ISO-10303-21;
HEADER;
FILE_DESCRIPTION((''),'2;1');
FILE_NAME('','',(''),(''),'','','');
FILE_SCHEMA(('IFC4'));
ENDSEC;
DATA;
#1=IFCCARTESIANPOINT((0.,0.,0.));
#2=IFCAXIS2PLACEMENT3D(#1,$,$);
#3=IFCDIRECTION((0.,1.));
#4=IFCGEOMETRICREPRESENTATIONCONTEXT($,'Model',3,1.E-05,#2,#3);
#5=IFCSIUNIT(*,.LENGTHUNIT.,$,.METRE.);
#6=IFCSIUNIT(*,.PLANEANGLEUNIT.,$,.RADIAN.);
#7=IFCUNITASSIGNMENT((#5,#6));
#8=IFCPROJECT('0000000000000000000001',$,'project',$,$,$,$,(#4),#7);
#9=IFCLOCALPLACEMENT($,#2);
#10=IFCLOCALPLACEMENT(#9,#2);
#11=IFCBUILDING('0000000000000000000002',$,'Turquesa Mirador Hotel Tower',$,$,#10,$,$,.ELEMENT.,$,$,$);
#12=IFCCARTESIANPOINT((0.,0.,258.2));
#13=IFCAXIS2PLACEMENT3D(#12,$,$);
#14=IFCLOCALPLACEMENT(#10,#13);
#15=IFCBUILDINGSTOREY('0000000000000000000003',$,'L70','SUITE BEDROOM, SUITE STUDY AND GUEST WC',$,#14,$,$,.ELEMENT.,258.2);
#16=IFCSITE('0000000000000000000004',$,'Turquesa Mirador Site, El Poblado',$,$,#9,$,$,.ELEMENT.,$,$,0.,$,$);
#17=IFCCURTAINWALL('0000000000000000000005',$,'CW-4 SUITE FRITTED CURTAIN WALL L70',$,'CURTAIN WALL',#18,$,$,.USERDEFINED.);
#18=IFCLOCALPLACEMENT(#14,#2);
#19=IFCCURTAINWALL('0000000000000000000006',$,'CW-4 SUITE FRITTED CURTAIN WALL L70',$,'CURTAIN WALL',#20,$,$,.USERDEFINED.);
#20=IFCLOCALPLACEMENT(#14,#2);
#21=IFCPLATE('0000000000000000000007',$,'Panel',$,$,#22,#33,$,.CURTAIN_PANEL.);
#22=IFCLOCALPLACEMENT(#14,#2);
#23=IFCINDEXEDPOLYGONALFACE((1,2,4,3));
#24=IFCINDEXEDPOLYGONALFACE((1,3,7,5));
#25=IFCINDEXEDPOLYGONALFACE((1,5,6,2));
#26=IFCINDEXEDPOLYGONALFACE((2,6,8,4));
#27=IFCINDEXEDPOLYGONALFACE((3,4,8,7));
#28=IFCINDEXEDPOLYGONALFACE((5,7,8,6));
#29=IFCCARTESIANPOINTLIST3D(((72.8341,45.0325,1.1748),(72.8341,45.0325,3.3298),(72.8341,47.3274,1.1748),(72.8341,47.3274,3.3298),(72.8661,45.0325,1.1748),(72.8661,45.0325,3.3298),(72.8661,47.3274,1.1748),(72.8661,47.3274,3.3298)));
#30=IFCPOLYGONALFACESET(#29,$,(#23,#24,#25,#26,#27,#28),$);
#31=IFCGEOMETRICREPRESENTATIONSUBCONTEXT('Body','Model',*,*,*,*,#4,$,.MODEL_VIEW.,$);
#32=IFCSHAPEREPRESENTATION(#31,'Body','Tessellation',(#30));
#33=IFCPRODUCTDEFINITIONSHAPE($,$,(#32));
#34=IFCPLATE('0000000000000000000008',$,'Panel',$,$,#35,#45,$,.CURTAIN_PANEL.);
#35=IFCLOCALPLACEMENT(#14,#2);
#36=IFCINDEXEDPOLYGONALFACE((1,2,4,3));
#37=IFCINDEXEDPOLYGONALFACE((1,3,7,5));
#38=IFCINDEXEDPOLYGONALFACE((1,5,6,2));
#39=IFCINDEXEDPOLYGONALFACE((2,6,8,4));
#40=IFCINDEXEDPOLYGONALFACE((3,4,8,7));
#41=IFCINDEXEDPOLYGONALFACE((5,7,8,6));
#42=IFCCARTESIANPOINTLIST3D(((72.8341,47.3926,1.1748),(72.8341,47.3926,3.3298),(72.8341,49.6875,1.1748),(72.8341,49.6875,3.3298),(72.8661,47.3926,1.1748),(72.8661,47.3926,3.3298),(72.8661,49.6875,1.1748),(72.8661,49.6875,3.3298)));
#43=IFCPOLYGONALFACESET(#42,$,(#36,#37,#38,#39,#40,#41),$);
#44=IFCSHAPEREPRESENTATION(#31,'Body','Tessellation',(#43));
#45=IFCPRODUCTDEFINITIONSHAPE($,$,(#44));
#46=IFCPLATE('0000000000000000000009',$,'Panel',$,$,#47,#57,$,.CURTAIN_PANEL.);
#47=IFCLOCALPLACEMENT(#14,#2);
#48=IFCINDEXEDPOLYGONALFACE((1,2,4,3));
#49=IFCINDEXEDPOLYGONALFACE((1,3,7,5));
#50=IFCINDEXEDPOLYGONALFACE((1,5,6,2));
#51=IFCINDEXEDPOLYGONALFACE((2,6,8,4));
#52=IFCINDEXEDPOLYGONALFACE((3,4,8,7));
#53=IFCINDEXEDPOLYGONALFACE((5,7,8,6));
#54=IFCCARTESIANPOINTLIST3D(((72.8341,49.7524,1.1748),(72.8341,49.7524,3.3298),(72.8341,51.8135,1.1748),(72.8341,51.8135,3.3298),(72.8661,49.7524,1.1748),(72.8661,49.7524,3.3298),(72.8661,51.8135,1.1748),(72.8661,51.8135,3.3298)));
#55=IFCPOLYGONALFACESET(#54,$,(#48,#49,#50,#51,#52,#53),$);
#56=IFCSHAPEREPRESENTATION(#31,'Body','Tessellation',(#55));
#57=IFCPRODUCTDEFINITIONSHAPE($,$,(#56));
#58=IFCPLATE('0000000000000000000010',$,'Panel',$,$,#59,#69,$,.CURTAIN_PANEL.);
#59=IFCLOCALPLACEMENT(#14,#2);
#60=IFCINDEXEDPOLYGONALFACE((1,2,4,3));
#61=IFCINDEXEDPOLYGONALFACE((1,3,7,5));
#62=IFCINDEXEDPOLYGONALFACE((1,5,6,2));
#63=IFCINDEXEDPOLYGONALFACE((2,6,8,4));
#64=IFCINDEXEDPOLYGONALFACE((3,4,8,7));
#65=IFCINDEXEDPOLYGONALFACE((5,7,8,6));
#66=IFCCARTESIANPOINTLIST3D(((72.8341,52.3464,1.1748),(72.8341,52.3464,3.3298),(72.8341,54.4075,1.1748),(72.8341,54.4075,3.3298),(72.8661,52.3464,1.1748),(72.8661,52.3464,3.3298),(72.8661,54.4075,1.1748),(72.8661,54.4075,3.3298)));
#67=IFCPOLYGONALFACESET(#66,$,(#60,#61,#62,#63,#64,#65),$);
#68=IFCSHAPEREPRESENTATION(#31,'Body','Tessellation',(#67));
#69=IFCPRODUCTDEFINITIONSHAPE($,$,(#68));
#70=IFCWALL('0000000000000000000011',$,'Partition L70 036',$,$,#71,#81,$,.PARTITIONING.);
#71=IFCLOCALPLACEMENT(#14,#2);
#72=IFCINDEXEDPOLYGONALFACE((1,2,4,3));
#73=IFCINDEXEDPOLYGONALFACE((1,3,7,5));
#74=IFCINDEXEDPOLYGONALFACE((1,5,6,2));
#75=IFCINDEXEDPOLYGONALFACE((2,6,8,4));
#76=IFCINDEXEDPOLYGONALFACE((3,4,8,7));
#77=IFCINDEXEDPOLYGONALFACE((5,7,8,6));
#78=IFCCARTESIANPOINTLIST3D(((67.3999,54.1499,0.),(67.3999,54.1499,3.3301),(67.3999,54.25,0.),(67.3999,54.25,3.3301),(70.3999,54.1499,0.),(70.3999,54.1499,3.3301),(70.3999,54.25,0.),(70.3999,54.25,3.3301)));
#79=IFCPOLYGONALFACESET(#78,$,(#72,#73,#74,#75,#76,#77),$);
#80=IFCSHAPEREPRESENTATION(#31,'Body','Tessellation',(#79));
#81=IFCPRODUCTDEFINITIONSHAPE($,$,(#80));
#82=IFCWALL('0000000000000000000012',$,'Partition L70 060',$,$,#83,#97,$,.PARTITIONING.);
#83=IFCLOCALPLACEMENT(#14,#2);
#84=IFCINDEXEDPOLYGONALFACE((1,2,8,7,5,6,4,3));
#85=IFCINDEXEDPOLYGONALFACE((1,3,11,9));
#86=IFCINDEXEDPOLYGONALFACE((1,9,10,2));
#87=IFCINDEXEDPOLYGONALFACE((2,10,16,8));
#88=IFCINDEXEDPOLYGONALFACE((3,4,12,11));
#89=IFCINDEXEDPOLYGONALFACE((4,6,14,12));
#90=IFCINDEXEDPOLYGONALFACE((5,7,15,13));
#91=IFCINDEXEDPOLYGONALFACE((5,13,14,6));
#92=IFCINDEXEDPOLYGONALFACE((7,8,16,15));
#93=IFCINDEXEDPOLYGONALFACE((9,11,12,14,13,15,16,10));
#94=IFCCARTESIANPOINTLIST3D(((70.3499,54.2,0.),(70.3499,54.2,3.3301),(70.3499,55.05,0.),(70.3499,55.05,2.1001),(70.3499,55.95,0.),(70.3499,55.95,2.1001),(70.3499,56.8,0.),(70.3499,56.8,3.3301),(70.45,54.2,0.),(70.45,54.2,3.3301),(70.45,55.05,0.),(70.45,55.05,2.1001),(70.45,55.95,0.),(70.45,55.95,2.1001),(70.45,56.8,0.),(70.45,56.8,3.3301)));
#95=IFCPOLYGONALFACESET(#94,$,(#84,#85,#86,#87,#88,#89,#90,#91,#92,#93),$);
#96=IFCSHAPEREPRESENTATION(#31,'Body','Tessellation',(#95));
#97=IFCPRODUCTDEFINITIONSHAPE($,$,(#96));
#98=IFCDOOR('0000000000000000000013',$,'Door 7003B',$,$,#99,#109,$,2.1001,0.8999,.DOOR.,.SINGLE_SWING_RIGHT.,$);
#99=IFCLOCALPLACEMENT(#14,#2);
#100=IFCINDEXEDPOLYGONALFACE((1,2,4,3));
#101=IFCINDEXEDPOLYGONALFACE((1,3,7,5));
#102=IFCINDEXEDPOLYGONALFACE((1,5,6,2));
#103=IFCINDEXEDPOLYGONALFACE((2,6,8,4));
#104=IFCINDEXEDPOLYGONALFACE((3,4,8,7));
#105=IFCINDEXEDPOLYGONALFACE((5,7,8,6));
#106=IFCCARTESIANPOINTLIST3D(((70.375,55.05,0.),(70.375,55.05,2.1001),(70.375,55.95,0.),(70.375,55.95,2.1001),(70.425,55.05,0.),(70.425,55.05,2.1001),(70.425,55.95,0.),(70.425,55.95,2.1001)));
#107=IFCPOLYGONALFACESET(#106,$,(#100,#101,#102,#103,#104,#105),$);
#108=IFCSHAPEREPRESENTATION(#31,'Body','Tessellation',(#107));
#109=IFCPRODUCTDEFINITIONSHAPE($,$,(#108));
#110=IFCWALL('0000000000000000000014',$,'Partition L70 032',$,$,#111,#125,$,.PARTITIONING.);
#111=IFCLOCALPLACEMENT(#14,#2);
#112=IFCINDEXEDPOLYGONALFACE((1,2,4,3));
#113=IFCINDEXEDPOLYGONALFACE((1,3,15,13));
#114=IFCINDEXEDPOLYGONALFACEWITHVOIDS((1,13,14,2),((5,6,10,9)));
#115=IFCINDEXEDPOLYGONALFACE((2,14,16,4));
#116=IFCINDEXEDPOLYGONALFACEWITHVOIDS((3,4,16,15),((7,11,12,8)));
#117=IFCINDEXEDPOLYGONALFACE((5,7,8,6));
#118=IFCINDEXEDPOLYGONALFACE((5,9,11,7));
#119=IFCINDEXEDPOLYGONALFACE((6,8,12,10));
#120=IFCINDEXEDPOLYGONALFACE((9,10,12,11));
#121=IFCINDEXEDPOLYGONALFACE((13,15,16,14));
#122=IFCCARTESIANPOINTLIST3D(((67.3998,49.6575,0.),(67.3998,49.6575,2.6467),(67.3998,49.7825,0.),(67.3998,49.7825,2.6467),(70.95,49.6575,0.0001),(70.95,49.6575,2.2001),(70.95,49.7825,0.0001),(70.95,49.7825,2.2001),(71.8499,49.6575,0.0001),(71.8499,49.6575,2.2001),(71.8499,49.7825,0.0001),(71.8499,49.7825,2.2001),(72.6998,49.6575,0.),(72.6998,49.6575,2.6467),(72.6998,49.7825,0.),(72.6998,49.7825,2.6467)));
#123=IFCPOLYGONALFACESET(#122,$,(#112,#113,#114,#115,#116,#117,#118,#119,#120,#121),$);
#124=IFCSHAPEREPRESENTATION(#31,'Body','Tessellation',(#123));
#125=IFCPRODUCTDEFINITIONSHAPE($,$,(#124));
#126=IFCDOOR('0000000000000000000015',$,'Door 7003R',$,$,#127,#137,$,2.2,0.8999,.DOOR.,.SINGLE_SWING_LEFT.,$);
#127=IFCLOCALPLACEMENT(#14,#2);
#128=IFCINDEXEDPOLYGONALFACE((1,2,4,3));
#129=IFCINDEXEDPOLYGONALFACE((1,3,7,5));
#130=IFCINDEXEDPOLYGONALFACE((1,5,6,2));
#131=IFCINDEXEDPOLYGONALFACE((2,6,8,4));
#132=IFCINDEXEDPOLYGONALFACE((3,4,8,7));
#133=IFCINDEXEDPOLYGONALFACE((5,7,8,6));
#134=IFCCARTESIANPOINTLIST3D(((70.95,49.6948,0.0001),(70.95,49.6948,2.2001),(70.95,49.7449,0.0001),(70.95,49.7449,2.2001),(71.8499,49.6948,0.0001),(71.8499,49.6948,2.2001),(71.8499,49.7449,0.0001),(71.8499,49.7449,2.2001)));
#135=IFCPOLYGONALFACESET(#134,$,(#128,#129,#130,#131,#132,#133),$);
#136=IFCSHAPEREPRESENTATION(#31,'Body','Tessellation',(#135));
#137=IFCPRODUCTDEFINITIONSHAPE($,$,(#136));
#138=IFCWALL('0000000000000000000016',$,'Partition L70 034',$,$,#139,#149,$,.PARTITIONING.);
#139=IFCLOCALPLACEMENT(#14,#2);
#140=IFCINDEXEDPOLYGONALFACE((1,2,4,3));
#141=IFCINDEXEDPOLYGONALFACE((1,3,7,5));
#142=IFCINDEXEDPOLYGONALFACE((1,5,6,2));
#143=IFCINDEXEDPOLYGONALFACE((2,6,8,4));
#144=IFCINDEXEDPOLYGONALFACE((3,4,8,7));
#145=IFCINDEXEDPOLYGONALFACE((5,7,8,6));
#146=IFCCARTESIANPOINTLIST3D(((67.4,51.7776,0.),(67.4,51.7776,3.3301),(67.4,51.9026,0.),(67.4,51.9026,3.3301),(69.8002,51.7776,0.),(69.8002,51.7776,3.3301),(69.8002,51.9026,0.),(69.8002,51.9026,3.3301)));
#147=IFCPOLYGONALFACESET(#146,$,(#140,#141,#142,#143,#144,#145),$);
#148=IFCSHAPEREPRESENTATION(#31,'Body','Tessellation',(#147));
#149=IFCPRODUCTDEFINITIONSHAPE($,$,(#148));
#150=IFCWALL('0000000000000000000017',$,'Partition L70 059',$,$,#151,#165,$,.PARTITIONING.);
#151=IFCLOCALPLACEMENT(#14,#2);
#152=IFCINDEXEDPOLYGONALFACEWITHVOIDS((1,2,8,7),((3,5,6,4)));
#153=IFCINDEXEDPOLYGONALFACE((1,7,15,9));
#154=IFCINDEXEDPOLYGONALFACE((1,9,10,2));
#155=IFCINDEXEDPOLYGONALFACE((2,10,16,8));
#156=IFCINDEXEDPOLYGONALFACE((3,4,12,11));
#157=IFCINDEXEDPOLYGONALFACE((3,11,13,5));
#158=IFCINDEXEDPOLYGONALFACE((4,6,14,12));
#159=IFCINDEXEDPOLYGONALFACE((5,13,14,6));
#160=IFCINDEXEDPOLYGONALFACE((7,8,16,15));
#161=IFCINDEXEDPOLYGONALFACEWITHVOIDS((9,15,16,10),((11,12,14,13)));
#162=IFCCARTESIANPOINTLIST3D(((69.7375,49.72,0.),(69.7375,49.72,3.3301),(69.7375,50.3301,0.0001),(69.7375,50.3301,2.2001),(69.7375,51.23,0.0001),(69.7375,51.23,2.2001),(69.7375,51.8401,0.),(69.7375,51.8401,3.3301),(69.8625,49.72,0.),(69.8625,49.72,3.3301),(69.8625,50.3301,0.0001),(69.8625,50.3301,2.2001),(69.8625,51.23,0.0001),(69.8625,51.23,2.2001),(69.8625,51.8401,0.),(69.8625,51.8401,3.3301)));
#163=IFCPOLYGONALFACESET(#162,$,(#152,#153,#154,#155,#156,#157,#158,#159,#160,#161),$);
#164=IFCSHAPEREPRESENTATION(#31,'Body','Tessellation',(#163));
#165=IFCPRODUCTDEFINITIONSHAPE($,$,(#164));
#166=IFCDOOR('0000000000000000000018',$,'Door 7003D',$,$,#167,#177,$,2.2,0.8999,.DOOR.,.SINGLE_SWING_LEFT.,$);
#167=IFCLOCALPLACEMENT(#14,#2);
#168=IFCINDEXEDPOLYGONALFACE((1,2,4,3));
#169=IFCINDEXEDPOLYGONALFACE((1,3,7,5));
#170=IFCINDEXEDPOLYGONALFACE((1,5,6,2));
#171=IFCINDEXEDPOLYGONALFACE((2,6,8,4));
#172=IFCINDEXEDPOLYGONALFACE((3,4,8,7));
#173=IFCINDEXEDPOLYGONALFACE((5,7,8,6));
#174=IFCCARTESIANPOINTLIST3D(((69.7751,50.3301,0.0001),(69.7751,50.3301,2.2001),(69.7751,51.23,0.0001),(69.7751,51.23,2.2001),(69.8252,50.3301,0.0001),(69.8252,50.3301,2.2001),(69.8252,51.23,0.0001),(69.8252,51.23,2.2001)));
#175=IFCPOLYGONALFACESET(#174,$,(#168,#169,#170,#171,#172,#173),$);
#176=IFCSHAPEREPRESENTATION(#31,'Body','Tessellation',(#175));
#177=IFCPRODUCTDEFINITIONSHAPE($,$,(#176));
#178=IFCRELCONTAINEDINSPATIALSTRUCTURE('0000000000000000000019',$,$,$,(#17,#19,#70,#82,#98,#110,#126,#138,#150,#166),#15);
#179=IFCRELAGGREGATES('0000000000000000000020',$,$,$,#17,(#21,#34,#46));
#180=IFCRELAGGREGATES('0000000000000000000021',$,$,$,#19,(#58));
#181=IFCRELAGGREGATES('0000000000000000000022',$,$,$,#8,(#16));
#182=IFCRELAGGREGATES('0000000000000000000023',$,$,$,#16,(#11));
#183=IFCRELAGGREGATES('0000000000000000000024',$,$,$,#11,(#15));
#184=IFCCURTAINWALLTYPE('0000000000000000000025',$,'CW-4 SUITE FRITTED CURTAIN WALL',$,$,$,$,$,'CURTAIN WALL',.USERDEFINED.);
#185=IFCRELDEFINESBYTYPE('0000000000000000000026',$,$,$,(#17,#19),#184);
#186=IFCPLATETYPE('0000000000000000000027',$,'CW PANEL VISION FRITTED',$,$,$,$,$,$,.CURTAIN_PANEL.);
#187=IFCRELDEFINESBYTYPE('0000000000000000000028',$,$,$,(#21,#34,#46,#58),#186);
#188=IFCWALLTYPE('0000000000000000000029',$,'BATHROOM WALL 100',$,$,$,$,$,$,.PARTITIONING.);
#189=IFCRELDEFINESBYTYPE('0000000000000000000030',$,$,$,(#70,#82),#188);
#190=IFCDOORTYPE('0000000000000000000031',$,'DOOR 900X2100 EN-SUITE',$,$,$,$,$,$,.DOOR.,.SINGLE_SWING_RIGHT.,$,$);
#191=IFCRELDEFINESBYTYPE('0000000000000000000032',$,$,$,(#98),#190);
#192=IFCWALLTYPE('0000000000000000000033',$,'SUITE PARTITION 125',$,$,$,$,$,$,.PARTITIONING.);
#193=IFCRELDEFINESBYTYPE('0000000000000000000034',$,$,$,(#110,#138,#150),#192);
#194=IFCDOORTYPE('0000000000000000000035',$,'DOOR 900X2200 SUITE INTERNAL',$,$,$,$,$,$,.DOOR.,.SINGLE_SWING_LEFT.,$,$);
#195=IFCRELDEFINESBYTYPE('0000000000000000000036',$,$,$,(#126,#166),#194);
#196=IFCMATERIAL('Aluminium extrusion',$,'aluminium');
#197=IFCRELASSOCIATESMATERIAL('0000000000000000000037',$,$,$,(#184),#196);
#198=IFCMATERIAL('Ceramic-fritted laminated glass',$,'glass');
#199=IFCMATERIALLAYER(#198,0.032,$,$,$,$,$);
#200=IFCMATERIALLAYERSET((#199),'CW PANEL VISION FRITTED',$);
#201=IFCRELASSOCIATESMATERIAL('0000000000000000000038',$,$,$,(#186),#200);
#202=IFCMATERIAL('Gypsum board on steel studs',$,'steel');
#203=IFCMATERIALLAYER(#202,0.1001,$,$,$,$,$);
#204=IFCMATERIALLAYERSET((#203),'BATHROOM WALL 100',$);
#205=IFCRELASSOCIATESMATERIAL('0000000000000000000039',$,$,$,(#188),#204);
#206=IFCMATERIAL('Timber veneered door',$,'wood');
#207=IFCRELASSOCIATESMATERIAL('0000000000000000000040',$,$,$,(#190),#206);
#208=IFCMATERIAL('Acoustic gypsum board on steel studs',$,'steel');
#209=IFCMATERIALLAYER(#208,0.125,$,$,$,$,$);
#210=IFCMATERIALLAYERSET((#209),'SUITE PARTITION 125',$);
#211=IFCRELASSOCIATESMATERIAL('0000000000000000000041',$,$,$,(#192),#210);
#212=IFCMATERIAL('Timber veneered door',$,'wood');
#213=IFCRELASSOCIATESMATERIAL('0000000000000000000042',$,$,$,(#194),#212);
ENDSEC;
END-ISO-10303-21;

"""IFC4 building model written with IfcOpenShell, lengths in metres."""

from ifc_helpers import new_model, si_unit, direction, frame, frame_2d, origin, origin_2d, place, context, subcontext, project, spatial, rectangle, extrude, material, layer, layer_set, type_object, element, fill, aggregate, save


model = new_model("IFC4")

# Units and contexts
model_context = context("Model", 3, precision=1e-05, world=origin(), true_north=direction((0.0, 1.0)))
body_context = subcontext(model_context, "Body", "Model", "MODEL_VIEW")
ifc_project = project(units=[si_unit("LENGTHUNIT", "METRE"), si_unit("PLANEANGLEUNIT", "RADIAN")], contexts=[model_context])

# Site, building, storey
site_placement = place(None, origin())
site = spatial("IfcSite", under=ifc_project, at=site_placement, Name="Turquesa Mirador Site, El Poblado", CompositionType="ELEMENT", RefElevation=0.0)
building_placement = place(site_placement, origin())
building = spatial("IfcBuilding", under=site, at=building_placement, Name="Turquesa Mirador Hotel Tower", CompositionType="ELEMENT")
storey_placement = place(building_placement, frame((0.0, 0.0, 258.2)))
storey = spatial("IfcBuildingStorey", under=building, at=storey_placement, Name="L70", Description="SUITE BEDROOM, SUITE STUDY AND GUEST WC", CompositionType="ELEMENT", Elevation=258.2)

# Curtain walls
ifc_material_1 = material(Name="Aluminium extrusion", Category="aluminium")
curtain_wall_type = type_object("IfcCurtainWallType", Name="CW-4 SUITE FRITTED CURTAIN WALL", ElementType="CURTAIN WALL", PredefinedType="USERDEFINED", material=ifc_material_1)
curtain_wall_1_placement = place(storey_placement, origin())
curtain_wall_1 = element("IfcCurtainWall", 1, at=curtain_wall_1_placement, inside=storey, type_object=curtain_wall_type, Name="CW-4 SUITE FRITTED CURTAIN WALL L70", ObjectType="CURTAIN WALL", PredefinedType="USERDEFINED")
curtain_wall_2_placement = place(storey_placement, origin())
curtain_wall_2 = element("IfcCurtainWall", 2, at=curtain_wall_2_placement, inside=storey, type_object=curtain_wall_type, Name="CW-4 SUITE FRITTED CURTAIN WALL L70", ObjectType="CURTAIN WALL", PredefinedType="USERDEFINED")

# Plates
ifc_material_2 = material(Name="Ceramic-fritted laminated glass", Category="glass")
ifc_layer_1 = layer(ifc_material_2, 0.032)
ifc_layer_set_1 = layer_set([ifc_layer_1], Name="CW PANEL VISION FRITTED")
plate_type_1 = type_object("IfcPlateType", Name="CW PANEL VISION FRITTED", PredefinedType="CURTAIN_PANEL", material=ifc_layer_set_1)
plate_1_placement = place(storey_placement, frame((72.8501, 46.1799, 1.1748), z_axis=(0.0, 0.0, 1.0), x_axis=(0.0, 1.0, 0.0)))
plate_1 = element("IfcPlate", 3, at=plate_1_placement, type_object=plate_type_1, Name="Panel", PredefinedType="CURTAIN_PANEL", context=body_context, shape_type="SweptSolid", body=[
    extrude(rectangle(XDim=2.2949, YDim=0.032, at=origin_2d()), origin(), (0.0, 0.0, 1.0), 2.155),
])
plate_2_placement = place(storey_placement, frame((72.8501, 48.54, 1.1748), z_axis=(0.0, 0.0, 1.0), x_axis=(0.0, 1.0, 0.0)))
plate_2 = element("IfcPlate", 4, at=plate_2_placement, type_object=plate_type_1, Name="Panel", PredefinedType="CURTAIN_PANEL", context=body_context, shape_type="SweptSolid", body=[
    extrude(rectangle(XDim=2.2949, YDim=0.032, at=origin_2d()), origin(), (0.0, 0.0, 1.0), 2.155),
])
plate_3_placement = place(storey_placement, frame((72.8501, 50.783, 1.1748), z_axis=(0.0, 0.0, 1.0), x_axis=(0.0, 1.0, 0.0)))
plate_3 = element("IfcPlate", 5, at=plate_3_placement, type_object=plate_type_1, Name="Panel", PredefinedType="CURTAIN_PANEL", context=body_context, shape_type="SweptSolid", body=[
    extrude(rectangle(XDim=2.061, YDim=0.032, at=origin_2d()), origin(), (0.0, 0.0, 1.0), 2.155),
])
aggregate(curtain_wall_1, [plate_1, plate_2, plate_3])
plate_4_placement = place(storey_placement, frame((72.8501, 53.377, 1.1748), z_axis=(0.0, 0.0, 1.0), x_axis=(0.0, 1.0, 0.0)))
plate_4 = element("IfcPlate", 6, at=plate_4_placement, type_object=plate_type_1, Name="Panel", PredefinedType="CURTAIN_PANEL", context=body_context, shape_type="SweptSolid", body=[
    extrude(rectangle(XDim=2.061, YDim=0.032, at=origin_2d()), origin(), (0.0, 0.0, 1.0), 2.155),
])
aggregate(curtain_wall_2, [plate_4])

# Wall
ifc_material_3 = material(Name="Gypsum board on steel studs", Category="steel")
ifc_layer_2 = layer(ifc_material_3, 0.1001)
ifc_layer_set_2 = layer_set([ifc_layer_2], Name="BATHROOM WALL 100")
wall_type_1 = type_object("IfcWallType", Name="BATHROOM WALL 100", PredefinedType="PARTITIONING", material=ifc_layer_set_2)
wall_1_placement = place(storey_placement, frame((67.3999, 54.2, 0.0), z_axis=(0.0, 0.0, 1.0), x_axis=(1.0, 0.0, 0.0)))
element("IfcWall", 7, at=wall_1_placement, inside=storey, type_object=wall_type_1, Name="Partition L70 036", PredefinedType="PARTITIONING", context=body_context, shape_type="SweptSolid", body=[
    extrude(rectangle(XDim=3.0, YDim=0.1001, at=frame_2d((1.5, 0.0))), origin(), (0.0, 0.0, 1.0), 3.3301),
])

# Walls, openings, doors
wall_2_placement = place(storey_placement, frame((70.3999, 54.2, 0.0), z_axis=(0.0, 0.0, 1.0), x_axis=(0.0, 1.0, 0.0)))
wall_2 = element("IfcWall", 8, at=wall_2_placement, inside=storey, type_object=wall_type_1, Name="Partition L70 060", PredefinedType="PARTITIONING", context=body_context, shape_type="SweptSolid", body=[
    extrude(rectangle(XDim=2.6001, YDim=0.1001, at=frame_2d((1.3, 0.0))), origin(), (0.0, 0.0, 1.0), 3.3301),
])
opening_1_placement = place(wall_2_placement, frame((0.8501, 0.0, 0.0)))
opening_1 = element("IfcOpeningElement", 9, at=opening_1_placement, cuts=wall_2, PredefinedType="OPENING", context=body_context, shape_type="SweptSolid", body=[
    extrude(rectangle(XDim=0.8999, YDim=2.1001, at=frame_2d((0.45, 1.05))), frame((0.0, 0.0601, 0.0), z_axis=(0.0, -1.0, 0.0), x_axis=(1.0, 0.0, 0.0)), (0.0, 0.0, 1.0), 0.1201),
])
ifc_material_4 = material(Name="Timber veneered door", Category="wood")
door_type_1 = type_object("IfcDoorType", Name="DOOR 900X2100 EN-SUITE", OperationType="SINGLE_SWING_RIGHT", PredefinedType="DOOR", material=ifc_material_4)
door_1_placement = place(opening_1_placement, origin())
door_1 = element("IfcDoor", 10, at=door_1_placement, inside=storey, type_object=door_type_1, Name="Door 7003B", OperationType="SINGLE_SWING_RIGHT", OverallHeight=2.1001, OverallWidth=0.8999, PredefinedType="DOOR", context=body_context, shape_type="SweptSolid", body=[
    extrude(rectangle(XDim=0.8999, YDim=2.1001, at=frame_2d((0.45, 1.05))), frame((0.0, 0.0249, 0.0), z_axis=(0.0, -1.0, 0.0), x_axis=(1.0, 0.0, 0.0)), (0.0, 0.0, 1.0), 0.05),
])
fill(opening_1, door_1)
ifc_material_5 = material(Name="Acoustic gypsum board on steel studs", Category="steel")
ifc_layer_3 = layer(ifc_material_5, 0.125)
ifc_layer_set_3 = layer_set([ifc_layer_3], Name="SUITE PARTITION 125")
wall_type_2 = type_object("IfcWallType", Name="SUITE PARTITION 125", PredefinedType="PARTITIONING", material=ifc_layer_set_3)
wall_3_placement = place(storey_placement, frame((67.3999, 49.72, 0.0), z_axis=(0.0, 0.0, 1.0), x_axis=(1.0, 0.0, 0.0)))
wall_3 = element("IfcWall", 11, at=wall_3_placement, inside=storey, type_object=wall_type_2, Name="Partition L70 032", PredefinedType="PARTITIONING", context=body_context, shape_type="SweptSolid", body=[
    extrude(rectangle(XDim=5.3, YDim=0.125, at=frame_2d((2.6499, 0.0))), origin(), (0.0, 0.0, 1.0), 2.6467),
])
opening_2_placement = place(wall_3_placement, frame((3.55, 0.0, 0.0)))
opening_2 = element("IfcOpeningElement", 12, at=opening_2_placement, cuts=wall_3, PredefinedType="OPENING", context=body_context, shape_type="SweptSolid", body=[
    extrude(rectangle(XDim=0.8999, YDim=2.2, at=frame_2d((0.45, 1.1001))), frame((0.0, 0.0725, 0.0), z_axis=(0.0, -1.0, 0.0), x_axis=(1.0, 0.0, 0.0)), (0.0, 0.0, 1.0), 0.145),
])
ifc_material_6 = material(Name="Timber veneered door", Category="wood")
door_type_2 = type_object("IfcDoorType", Name="DOOR 900X2200 SUITE INTERNAL", OperationType="SINGLE_SWING_LEFT", PredefinedType="DOOR", material=ifc_material_6)
door_2_placement = place(opening_2_placement, origin())
door_2 = element("IfcDoor", 13, at=door_2_placement, inside=storey, type_object=door_type_2, Name="Door 7003R", OperationType="SINGLE_SWING_LEFT", OverallHeight=2.2, OverallWidth=0.8999, PredefinedType="DOOR", context=body_context, shape_type="SweptSolid", body=[
    extrude(rectangle(XDim=0.8999, YDim=2.2, at=frame_2d((0.45, 1.1001))), frame((0.0, 0.0249, 0.0), z_axis=(0.0, -1.0, 0.0), x_axis=(1.0, 0.0, 0.0)), (0.0, 0.0, 1.0), 0.05),
])
fill(opening_2, door_2)

# Wall
wall_4_placement = place(storey_placement, frame((67.3999, 51.8401, 0.0), z_axis=(0.0, 0.0, 1.0), x_axis=(1.0, 0.0, 0.0)))
element("IfcWall", 14, at=wall_4_placement, inside=storey, type_object=wall_type_2, Name="Partition L70 034", PredefinedType="PARTITIONING", context=body_context, shape_type="SweptSolid", body=[
    extrude(rectangle(XDim=2.4001, YDim=0.125, at=frame_2d((1.2002, 0.0))), origin(), (0.0, 0.0, 1.0), 3.3301),
])

# Wall, opening, door
wall_5_placement = place(storey_placement, frame((69.8, 49.72, 0.0), z_axis=(0.0, 0.0, 1.0), x_axis=(0.0, 1.0, 0.0)))
wall_5 = element("IfcWall", 15, at=wall_5_placement, inside=storey, type_object=wall_type_2, Name="Partition L70 059", PredefinedType="PARTITIONING", context=body_context, shape_type="SweptSolid", body=[
    extrude(rectangle(XDim=2.1201, YDim=0.125, at=frame_2d((1.0601, 0.0))), origin(), (0.0, 0.0, 1.0), 3.3301),
])
opening_3_placement = place(wall_5_placement, frame((0.6101, 0.0, 0.0)))
opening_3 = element("IfcOpeningElement", 16, at=opening_3_placement, cuts=wall_5, PredefinedType="OPENING", context=body_context, shape_type="SweptSolid", body=[
    extrude(rectangle(XDim=0.8999, YDim=2.2, at=frame_2d((0.45, 1.1001))), frame((0.0, 0.0725, 0.0), z_axis=(0.0, -1.0, 0.0), x_axis=(1.0, 0.0, 0.0)), (0.0, 0.0, 1.0), 0.145),
])
door_3_placement = place(opening_3_placement, origin())
door_3 = element("IfcDoor", 17, at=door_3_placement, inside=storey, type_object=door_type_2, Name="Door 7003D", OperationType="SINGLE_SWING_LEFT", OverallHeight=2.2, OverallWidth=0.8999, PredefinedType="DOOR", context=body_context, shape_type="SweptSolid", body=[
    extrude(rectangle(XDim=0.8999, YDim=2.2, at=frame_2d((0.45, 1.1001))), frame((0.0, 0.0249, 0.0), z_axis=(0.0, -1.0, 0.0), x_axis=(1.0, 0.0, 0.0)), (0.0, 0.0, 1.0), 0.05),
])
fill(opening_3, door_3)

save(model, "model.ifc")
